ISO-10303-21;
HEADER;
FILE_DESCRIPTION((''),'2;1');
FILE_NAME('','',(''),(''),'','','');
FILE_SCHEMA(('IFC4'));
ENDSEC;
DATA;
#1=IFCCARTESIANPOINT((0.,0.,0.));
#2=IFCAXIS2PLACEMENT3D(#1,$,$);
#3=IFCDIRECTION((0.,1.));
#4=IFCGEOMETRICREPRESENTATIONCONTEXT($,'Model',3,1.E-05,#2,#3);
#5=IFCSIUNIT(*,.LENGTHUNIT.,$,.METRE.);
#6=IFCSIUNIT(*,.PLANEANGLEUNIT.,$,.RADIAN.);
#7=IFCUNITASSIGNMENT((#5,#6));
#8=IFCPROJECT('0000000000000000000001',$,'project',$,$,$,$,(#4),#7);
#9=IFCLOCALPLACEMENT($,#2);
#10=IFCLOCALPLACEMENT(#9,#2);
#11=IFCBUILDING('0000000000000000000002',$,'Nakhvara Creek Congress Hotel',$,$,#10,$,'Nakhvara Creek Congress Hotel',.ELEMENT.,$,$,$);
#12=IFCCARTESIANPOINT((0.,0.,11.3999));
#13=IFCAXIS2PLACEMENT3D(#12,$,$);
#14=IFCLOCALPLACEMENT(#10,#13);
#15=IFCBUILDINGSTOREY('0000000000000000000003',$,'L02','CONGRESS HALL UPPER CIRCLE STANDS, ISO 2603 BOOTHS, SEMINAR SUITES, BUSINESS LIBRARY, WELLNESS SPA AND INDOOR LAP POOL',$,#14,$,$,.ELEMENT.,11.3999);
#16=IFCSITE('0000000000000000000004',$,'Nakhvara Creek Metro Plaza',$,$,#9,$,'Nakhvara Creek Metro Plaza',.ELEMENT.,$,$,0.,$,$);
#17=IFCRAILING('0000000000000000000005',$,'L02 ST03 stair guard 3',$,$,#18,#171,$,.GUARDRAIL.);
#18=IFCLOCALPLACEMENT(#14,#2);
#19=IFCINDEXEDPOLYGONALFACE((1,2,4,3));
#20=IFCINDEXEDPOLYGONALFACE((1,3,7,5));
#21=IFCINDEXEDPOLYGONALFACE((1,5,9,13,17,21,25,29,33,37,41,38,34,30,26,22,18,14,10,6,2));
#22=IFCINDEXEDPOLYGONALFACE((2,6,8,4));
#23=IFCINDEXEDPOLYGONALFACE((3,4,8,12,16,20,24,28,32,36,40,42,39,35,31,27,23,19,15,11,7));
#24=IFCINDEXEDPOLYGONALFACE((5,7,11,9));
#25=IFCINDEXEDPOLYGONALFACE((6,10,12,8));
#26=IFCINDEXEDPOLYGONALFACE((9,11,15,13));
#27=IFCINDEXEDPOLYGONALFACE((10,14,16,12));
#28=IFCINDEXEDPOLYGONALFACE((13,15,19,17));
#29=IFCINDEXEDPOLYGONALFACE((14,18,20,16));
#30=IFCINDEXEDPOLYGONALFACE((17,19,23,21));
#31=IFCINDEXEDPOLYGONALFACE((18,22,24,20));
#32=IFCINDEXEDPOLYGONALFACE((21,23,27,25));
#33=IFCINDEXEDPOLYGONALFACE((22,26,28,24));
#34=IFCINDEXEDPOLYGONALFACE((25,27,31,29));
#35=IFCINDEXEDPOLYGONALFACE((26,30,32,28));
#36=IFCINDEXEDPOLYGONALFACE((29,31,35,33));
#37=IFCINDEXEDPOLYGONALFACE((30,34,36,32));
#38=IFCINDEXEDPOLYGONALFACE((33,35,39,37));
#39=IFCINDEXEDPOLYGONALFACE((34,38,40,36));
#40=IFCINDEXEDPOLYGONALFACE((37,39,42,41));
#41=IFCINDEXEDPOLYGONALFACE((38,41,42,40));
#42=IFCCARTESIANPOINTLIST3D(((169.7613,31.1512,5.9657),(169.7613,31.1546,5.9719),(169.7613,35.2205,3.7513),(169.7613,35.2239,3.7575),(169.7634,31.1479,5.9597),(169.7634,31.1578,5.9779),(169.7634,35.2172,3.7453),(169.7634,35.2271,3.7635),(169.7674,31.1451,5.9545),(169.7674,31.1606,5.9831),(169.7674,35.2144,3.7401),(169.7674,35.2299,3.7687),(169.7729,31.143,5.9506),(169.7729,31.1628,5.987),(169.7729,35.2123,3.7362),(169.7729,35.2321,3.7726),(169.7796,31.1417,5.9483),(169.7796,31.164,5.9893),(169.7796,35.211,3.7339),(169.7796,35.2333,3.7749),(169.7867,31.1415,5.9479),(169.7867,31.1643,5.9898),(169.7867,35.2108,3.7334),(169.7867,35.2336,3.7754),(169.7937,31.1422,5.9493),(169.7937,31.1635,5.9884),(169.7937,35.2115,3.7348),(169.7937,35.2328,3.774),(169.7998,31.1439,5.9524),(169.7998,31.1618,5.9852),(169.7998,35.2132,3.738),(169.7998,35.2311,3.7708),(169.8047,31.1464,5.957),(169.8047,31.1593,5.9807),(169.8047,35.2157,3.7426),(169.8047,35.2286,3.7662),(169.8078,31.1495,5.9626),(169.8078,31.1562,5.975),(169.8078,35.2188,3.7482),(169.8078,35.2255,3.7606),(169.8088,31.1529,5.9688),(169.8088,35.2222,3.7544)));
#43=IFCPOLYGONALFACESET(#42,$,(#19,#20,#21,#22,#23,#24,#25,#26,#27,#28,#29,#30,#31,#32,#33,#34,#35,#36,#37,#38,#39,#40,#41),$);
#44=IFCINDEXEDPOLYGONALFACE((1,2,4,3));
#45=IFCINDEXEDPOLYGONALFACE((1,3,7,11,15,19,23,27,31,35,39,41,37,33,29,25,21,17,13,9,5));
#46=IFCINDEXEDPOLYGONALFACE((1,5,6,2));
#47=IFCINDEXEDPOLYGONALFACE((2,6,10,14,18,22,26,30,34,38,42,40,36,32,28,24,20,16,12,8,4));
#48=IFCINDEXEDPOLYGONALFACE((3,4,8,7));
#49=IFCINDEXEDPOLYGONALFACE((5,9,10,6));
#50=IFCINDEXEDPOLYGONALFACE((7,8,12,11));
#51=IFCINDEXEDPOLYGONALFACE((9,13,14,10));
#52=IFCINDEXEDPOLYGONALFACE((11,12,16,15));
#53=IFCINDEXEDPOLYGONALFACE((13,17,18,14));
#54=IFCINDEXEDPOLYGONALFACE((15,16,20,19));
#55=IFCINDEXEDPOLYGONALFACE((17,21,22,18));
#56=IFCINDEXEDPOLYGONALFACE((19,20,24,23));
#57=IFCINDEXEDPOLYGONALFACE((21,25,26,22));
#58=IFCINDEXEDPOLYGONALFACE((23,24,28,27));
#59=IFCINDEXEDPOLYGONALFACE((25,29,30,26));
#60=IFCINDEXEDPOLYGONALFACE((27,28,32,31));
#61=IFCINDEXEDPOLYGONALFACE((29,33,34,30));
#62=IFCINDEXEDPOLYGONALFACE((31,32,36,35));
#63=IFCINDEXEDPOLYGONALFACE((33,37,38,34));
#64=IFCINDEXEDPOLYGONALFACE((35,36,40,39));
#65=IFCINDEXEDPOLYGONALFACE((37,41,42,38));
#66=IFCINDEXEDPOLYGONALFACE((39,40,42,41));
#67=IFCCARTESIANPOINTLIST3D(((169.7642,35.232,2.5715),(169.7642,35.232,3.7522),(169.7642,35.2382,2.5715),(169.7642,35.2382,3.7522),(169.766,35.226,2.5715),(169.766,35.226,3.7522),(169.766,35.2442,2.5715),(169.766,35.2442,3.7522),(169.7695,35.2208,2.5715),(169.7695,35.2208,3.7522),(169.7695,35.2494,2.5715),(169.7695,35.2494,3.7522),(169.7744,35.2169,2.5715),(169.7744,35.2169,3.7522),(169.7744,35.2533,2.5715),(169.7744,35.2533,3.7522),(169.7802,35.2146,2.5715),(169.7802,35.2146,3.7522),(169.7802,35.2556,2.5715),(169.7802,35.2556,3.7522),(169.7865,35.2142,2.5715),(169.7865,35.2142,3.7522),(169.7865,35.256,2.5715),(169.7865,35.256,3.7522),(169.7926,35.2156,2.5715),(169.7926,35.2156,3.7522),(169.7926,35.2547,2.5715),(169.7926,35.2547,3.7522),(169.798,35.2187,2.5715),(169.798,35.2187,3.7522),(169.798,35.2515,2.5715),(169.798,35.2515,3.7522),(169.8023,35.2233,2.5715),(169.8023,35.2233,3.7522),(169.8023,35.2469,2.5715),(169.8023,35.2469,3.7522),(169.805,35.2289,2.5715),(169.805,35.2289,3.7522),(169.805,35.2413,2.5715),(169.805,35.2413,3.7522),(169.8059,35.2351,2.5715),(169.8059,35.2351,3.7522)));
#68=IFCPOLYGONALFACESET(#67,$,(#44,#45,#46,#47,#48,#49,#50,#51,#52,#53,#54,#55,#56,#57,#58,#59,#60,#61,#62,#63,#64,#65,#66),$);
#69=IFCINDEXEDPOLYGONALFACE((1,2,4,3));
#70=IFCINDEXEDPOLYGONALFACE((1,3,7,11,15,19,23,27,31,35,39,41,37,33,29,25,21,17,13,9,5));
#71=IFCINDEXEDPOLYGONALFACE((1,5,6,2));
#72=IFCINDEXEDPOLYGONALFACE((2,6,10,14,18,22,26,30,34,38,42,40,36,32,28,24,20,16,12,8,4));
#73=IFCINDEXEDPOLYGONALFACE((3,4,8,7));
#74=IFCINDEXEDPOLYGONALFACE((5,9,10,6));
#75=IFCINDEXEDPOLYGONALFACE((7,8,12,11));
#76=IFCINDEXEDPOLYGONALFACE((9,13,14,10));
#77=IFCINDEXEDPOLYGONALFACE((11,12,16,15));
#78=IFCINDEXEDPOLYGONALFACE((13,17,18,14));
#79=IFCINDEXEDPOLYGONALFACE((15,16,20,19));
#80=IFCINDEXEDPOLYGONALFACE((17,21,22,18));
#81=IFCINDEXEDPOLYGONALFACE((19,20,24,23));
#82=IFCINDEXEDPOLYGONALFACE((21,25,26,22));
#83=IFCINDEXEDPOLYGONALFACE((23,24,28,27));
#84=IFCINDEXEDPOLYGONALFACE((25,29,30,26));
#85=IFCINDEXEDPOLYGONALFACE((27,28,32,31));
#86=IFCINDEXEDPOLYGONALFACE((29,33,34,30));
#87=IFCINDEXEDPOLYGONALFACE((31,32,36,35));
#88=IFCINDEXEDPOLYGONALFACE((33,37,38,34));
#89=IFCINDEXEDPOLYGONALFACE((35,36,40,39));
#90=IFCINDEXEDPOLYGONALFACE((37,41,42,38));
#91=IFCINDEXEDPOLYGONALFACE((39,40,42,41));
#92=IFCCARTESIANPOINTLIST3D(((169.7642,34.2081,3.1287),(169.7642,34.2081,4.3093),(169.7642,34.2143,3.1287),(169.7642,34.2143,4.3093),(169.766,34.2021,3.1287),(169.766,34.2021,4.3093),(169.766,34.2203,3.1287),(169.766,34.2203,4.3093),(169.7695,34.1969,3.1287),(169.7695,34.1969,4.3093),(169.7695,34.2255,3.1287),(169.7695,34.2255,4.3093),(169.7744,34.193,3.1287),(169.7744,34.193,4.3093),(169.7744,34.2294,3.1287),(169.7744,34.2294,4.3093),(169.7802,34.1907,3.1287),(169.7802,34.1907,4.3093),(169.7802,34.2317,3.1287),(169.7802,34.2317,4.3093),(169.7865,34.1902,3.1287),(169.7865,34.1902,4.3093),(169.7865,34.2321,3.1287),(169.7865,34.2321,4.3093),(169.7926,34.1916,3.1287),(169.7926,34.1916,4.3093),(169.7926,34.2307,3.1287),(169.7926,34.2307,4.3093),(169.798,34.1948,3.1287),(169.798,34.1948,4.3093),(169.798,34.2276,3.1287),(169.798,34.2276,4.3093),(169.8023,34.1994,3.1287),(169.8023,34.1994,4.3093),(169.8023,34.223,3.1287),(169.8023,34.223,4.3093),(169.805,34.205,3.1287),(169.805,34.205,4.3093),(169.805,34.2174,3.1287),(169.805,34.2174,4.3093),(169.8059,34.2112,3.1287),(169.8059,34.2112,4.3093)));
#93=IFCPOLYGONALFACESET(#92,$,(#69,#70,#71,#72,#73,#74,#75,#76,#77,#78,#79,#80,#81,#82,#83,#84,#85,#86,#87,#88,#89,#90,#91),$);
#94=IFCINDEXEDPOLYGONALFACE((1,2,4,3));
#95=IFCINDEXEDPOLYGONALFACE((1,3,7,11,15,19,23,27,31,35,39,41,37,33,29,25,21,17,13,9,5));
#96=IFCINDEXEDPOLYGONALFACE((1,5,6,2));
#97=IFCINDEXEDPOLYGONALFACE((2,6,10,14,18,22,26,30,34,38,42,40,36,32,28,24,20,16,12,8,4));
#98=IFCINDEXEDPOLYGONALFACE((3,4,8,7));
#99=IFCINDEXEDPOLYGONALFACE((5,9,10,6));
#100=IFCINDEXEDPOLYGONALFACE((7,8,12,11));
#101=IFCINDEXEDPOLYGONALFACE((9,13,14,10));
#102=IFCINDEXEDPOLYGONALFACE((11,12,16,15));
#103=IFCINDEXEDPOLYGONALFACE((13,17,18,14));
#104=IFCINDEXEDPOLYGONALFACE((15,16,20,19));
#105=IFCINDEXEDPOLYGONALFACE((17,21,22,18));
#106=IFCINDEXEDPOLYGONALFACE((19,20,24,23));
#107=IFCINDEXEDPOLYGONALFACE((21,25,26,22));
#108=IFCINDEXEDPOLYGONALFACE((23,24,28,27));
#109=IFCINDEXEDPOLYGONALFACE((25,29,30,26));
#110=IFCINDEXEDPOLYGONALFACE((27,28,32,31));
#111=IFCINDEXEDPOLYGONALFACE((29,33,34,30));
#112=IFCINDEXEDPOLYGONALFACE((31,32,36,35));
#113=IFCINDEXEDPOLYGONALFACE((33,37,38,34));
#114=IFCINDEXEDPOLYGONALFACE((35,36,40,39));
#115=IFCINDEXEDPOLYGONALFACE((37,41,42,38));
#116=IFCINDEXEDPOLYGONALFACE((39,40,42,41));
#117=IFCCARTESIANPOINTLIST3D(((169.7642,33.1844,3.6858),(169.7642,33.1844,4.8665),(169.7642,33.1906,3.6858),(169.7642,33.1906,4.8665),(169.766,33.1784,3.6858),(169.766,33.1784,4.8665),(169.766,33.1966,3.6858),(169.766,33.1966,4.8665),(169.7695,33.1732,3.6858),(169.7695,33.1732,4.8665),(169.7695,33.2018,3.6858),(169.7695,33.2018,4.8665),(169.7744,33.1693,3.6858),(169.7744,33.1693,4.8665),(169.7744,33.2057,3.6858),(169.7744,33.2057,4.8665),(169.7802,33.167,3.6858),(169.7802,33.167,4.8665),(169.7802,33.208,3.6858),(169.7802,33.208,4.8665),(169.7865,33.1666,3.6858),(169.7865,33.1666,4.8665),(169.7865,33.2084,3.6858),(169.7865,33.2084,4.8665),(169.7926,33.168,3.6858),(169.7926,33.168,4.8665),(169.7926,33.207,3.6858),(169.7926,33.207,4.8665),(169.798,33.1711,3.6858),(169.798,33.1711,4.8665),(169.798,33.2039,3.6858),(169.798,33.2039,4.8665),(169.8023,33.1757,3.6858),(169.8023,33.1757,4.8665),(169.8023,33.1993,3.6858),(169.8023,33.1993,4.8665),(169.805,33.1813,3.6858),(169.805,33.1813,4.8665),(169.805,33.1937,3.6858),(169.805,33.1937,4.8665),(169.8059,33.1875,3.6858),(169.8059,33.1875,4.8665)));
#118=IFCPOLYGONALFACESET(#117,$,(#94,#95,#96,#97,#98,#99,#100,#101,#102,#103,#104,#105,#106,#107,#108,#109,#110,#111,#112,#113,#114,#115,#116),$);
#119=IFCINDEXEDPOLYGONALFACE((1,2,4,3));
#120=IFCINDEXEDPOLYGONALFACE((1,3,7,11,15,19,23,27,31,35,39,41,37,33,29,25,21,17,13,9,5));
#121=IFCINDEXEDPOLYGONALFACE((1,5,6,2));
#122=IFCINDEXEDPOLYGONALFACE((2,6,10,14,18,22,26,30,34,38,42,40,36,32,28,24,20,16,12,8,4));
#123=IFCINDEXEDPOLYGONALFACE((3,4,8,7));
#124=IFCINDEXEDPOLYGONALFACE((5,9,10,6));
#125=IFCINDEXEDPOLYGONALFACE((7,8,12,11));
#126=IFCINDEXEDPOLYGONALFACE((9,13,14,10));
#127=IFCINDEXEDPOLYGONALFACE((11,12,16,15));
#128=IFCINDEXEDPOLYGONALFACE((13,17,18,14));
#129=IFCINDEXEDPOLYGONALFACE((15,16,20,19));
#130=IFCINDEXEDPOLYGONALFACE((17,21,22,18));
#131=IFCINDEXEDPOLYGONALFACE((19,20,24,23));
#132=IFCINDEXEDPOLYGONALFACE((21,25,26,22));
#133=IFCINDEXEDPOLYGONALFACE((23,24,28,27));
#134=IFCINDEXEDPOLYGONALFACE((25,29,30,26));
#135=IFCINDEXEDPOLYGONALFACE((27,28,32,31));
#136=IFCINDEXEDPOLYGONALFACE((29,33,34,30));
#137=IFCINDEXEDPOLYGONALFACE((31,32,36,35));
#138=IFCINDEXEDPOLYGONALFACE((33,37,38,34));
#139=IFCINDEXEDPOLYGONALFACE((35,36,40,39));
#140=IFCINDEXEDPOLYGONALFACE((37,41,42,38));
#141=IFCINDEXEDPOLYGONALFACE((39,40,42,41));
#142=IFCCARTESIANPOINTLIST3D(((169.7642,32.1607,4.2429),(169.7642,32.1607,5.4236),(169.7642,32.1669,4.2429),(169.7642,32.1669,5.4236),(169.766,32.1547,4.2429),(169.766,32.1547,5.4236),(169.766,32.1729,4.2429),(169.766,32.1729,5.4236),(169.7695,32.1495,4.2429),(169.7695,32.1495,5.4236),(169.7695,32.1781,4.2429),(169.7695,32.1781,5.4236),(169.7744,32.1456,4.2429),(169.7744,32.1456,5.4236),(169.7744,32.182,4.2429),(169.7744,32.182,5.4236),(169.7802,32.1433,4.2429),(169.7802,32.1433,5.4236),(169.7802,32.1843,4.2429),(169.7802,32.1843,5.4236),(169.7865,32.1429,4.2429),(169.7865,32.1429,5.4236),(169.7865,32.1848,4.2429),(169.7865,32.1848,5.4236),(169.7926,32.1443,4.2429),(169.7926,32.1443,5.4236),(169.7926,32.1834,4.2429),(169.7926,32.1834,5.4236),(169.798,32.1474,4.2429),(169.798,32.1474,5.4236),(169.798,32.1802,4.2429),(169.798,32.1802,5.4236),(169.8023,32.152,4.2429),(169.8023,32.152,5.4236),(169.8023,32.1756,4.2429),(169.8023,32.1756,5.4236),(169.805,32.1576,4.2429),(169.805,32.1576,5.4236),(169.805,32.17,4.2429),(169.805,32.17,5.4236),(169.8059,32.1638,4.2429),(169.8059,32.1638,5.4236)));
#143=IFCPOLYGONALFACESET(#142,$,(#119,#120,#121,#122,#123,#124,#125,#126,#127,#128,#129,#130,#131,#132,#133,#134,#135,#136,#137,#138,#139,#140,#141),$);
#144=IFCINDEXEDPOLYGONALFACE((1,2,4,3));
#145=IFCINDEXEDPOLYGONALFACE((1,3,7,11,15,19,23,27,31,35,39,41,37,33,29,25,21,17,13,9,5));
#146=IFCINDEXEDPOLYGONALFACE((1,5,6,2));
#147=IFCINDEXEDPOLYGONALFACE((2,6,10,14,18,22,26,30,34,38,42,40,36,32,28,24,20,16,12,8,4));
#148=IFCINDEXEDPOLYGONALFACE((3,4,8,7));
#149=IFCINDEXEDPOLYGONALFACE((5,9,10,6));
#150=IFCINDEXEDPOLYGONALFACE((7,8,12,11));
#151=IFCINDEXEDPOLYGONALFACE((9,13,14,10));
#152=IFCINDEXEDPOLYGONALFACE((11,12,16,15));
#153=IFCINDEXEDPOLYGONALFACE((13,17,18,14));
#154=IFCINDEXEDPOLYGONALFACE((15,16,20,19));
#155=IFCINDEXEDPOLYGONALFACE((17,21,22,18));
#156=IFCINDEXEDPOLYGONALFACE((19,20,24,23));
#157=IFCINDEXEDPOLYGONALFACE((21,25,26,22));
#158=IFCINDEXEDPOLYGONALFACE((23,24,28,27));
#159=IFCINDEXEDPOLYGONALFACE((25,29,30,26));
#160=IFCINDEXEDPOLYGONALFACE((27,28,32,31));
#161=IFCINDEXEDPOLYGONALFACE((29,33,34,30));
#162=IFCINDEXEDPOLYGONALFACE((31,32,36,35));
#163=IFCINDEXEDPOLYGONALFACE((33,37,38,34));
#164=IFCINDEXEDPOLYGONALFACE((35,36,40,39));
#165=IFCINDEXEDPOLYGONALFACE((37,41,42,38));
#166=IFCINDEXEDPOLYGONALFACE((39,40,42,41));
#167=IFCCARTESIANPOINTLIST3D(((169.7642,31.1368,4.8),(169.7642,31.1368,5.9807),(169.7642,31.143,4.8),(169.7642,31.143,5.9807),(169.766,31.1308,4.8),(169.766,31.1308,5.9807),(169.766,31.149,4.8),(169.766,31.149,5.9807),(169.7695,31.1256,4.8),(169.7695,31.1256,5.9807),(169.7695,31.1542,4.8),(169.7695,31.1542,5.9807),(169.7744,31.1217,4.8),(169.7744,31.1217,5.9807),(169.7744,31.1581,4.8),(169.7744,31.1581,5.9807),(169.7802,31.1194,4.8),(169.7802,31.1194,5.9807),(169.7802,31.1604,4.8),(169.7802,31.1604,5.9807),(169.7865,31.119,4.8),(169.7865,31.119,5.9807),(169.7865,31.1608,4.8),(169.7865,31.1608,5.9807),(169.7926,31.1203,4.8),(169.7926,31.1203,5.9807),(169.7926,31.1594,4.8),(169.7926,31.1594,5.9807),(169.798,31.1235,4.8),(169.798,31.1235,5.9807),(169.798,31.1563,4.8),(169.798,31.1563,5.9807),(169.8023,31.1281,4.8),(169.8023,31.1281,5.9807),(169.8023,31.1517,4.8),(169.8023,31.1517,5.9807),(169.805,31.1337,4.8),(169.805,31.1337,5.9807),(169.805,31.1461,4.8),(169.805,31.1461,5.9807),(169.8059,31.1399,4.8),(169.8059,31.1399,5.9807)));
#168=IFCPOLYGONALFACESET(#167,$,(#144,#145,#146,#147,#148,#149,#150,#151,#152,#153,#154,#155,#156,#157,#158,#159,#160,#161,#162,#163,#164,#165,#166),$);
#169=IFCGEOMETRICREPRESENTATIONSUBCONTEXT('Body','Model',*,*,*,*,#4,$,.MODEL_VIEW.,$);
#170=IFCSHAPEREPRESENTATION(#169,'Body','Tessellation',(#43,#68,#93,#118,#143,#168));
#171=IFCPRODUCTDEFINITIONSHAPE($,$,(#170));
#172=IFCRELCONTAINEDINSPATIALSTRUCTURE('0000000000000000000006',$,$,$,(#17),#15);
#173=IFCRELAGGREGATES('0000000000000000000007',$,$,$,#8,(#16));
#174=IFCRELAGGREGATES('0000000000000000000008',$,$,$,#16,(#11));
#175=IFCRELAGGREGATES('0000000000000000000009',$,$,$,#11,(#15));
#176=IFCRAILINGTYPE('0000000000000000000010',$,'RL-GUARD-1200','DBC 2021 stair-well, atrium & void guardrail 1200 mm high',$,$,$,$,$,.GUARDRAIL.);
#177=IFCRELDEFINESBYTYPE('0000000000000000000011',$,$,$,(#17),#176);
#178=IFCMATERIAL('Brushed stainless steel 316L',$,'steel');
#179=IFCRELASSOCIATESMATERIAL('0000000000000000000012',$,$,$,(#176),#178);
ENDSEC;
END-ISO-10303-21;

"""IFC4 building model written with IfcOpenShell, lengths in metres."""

from ifc_helpers import new_model, si_unit, direction, frame, origin, origin_2d, place, context, subcontext, project, spatial, circle, extrude, material, type_object, element, save


model = new_model("IFC4")

# Units and contexts
model_context = context("Model", 3, precision=1e-05, world=origin(), true_north=direction((0.0, 1.0)))
body_context = subcontext(model_context, "Body", "Model", "MODEL_VIEW")
ifc_project = project(units=[si_unit("LENGTHUNIT", "METRE"), si_unit("PLANEANGLEUNIT", "RADIAN")], contexts=[model_context])

# Site, building, storey
site_placement = place(None, origin())
site = spatial("IfcSite", under=ifc_project, at=site_placement, Name="Nakhvara Creek Metro Plaza", LongName="Nakhvara Creek Metro Plaza", CompositionType="ELEMENT", RefElevation=0.0)
building_placement = place(site_placement, origin())
building = spatial("IfcBuilding", under=site, at=building_placement, Name="Nakhvara Creek Congress Hotel", LongName="Nakhvara Creek Congress Hotel", CompositionType="ELEMENT")
storey_placement = place(building_placement, frame((0.0, 0.0, 11.3999)))
storey = spatial("IfcBuildingStorey", under=building, at=storey_placement, Name="L02", Description="CONGRESS HALL UPPER CIRCLE STANDS, ISO 2603 BOOTHS, SEMINAR SUITES, BUSINESS LIBRARY, WELLNESS SPA AND INDOOR LAP POOL", CompositionType="ELEMENT", Elevation=11.3999)

# Railing
ifc_material_1 = material(Name="Brushed stainless steel 316L", Category="steel")
railing_type_1 = type_object("IfcRailingType", Name="RL-GUARD-1200", Description="DBC 2021 stair-well, atrium & void guardrail 1200 mm high", PredefinedType="GUARDRAIL", material=ifc_material_1)
railing_1_placement = place(storey_placement, frame((169.7849, 35.2351, 2.5715)))
element("IfcRailing", 1, at=railing_1_placement, inside=storey, type_object=railing_type_1, Name="L02 ST03 stair guard 3", PredefinedType="GUARDRAIL", context=body_context, shape_type="SweptSolid", body=[
    extrude(circle(Radius=0.0239, at=origin_2d()), frame((0.0, -0.0129, 1.1829), z_axis=(0.0, -0.878367, 0.477986), x_axis=(1.0, 0.0, 0.0)), (0.0, 0.0, 1.0), 4.6328),
    extrude(circle(Radius=0.021, at=origin_2d()), origin(), (0.0, 0.0, 1.0), 1.1807),
    extrude(circle(Radius=0.021, at=origin_2d()), frame((0.0, -1.0239, 0.5571)), (0.0, 0.0, 1.0), 1.1807),
    extrude(circle(Radius=0.021, at=origin_2d()), frame((0.0, -2.0476, 1.1143)), (0.0, 0.0, 1.0), 1.1807),
    extrude(circle(Radius=0.021, at=origin_2d()), frame((0.0, -3.0713, 1.6714)), (0.0, 0.0, 1.0), 1.1807),
    extrude(circle(Radius=0.021, at=origin_2d()), frame((0.0, -4.0952, 2.2285)), (0.0, 0.0, 1.0), 1.1807),
])

save(model, "model.ifc")
